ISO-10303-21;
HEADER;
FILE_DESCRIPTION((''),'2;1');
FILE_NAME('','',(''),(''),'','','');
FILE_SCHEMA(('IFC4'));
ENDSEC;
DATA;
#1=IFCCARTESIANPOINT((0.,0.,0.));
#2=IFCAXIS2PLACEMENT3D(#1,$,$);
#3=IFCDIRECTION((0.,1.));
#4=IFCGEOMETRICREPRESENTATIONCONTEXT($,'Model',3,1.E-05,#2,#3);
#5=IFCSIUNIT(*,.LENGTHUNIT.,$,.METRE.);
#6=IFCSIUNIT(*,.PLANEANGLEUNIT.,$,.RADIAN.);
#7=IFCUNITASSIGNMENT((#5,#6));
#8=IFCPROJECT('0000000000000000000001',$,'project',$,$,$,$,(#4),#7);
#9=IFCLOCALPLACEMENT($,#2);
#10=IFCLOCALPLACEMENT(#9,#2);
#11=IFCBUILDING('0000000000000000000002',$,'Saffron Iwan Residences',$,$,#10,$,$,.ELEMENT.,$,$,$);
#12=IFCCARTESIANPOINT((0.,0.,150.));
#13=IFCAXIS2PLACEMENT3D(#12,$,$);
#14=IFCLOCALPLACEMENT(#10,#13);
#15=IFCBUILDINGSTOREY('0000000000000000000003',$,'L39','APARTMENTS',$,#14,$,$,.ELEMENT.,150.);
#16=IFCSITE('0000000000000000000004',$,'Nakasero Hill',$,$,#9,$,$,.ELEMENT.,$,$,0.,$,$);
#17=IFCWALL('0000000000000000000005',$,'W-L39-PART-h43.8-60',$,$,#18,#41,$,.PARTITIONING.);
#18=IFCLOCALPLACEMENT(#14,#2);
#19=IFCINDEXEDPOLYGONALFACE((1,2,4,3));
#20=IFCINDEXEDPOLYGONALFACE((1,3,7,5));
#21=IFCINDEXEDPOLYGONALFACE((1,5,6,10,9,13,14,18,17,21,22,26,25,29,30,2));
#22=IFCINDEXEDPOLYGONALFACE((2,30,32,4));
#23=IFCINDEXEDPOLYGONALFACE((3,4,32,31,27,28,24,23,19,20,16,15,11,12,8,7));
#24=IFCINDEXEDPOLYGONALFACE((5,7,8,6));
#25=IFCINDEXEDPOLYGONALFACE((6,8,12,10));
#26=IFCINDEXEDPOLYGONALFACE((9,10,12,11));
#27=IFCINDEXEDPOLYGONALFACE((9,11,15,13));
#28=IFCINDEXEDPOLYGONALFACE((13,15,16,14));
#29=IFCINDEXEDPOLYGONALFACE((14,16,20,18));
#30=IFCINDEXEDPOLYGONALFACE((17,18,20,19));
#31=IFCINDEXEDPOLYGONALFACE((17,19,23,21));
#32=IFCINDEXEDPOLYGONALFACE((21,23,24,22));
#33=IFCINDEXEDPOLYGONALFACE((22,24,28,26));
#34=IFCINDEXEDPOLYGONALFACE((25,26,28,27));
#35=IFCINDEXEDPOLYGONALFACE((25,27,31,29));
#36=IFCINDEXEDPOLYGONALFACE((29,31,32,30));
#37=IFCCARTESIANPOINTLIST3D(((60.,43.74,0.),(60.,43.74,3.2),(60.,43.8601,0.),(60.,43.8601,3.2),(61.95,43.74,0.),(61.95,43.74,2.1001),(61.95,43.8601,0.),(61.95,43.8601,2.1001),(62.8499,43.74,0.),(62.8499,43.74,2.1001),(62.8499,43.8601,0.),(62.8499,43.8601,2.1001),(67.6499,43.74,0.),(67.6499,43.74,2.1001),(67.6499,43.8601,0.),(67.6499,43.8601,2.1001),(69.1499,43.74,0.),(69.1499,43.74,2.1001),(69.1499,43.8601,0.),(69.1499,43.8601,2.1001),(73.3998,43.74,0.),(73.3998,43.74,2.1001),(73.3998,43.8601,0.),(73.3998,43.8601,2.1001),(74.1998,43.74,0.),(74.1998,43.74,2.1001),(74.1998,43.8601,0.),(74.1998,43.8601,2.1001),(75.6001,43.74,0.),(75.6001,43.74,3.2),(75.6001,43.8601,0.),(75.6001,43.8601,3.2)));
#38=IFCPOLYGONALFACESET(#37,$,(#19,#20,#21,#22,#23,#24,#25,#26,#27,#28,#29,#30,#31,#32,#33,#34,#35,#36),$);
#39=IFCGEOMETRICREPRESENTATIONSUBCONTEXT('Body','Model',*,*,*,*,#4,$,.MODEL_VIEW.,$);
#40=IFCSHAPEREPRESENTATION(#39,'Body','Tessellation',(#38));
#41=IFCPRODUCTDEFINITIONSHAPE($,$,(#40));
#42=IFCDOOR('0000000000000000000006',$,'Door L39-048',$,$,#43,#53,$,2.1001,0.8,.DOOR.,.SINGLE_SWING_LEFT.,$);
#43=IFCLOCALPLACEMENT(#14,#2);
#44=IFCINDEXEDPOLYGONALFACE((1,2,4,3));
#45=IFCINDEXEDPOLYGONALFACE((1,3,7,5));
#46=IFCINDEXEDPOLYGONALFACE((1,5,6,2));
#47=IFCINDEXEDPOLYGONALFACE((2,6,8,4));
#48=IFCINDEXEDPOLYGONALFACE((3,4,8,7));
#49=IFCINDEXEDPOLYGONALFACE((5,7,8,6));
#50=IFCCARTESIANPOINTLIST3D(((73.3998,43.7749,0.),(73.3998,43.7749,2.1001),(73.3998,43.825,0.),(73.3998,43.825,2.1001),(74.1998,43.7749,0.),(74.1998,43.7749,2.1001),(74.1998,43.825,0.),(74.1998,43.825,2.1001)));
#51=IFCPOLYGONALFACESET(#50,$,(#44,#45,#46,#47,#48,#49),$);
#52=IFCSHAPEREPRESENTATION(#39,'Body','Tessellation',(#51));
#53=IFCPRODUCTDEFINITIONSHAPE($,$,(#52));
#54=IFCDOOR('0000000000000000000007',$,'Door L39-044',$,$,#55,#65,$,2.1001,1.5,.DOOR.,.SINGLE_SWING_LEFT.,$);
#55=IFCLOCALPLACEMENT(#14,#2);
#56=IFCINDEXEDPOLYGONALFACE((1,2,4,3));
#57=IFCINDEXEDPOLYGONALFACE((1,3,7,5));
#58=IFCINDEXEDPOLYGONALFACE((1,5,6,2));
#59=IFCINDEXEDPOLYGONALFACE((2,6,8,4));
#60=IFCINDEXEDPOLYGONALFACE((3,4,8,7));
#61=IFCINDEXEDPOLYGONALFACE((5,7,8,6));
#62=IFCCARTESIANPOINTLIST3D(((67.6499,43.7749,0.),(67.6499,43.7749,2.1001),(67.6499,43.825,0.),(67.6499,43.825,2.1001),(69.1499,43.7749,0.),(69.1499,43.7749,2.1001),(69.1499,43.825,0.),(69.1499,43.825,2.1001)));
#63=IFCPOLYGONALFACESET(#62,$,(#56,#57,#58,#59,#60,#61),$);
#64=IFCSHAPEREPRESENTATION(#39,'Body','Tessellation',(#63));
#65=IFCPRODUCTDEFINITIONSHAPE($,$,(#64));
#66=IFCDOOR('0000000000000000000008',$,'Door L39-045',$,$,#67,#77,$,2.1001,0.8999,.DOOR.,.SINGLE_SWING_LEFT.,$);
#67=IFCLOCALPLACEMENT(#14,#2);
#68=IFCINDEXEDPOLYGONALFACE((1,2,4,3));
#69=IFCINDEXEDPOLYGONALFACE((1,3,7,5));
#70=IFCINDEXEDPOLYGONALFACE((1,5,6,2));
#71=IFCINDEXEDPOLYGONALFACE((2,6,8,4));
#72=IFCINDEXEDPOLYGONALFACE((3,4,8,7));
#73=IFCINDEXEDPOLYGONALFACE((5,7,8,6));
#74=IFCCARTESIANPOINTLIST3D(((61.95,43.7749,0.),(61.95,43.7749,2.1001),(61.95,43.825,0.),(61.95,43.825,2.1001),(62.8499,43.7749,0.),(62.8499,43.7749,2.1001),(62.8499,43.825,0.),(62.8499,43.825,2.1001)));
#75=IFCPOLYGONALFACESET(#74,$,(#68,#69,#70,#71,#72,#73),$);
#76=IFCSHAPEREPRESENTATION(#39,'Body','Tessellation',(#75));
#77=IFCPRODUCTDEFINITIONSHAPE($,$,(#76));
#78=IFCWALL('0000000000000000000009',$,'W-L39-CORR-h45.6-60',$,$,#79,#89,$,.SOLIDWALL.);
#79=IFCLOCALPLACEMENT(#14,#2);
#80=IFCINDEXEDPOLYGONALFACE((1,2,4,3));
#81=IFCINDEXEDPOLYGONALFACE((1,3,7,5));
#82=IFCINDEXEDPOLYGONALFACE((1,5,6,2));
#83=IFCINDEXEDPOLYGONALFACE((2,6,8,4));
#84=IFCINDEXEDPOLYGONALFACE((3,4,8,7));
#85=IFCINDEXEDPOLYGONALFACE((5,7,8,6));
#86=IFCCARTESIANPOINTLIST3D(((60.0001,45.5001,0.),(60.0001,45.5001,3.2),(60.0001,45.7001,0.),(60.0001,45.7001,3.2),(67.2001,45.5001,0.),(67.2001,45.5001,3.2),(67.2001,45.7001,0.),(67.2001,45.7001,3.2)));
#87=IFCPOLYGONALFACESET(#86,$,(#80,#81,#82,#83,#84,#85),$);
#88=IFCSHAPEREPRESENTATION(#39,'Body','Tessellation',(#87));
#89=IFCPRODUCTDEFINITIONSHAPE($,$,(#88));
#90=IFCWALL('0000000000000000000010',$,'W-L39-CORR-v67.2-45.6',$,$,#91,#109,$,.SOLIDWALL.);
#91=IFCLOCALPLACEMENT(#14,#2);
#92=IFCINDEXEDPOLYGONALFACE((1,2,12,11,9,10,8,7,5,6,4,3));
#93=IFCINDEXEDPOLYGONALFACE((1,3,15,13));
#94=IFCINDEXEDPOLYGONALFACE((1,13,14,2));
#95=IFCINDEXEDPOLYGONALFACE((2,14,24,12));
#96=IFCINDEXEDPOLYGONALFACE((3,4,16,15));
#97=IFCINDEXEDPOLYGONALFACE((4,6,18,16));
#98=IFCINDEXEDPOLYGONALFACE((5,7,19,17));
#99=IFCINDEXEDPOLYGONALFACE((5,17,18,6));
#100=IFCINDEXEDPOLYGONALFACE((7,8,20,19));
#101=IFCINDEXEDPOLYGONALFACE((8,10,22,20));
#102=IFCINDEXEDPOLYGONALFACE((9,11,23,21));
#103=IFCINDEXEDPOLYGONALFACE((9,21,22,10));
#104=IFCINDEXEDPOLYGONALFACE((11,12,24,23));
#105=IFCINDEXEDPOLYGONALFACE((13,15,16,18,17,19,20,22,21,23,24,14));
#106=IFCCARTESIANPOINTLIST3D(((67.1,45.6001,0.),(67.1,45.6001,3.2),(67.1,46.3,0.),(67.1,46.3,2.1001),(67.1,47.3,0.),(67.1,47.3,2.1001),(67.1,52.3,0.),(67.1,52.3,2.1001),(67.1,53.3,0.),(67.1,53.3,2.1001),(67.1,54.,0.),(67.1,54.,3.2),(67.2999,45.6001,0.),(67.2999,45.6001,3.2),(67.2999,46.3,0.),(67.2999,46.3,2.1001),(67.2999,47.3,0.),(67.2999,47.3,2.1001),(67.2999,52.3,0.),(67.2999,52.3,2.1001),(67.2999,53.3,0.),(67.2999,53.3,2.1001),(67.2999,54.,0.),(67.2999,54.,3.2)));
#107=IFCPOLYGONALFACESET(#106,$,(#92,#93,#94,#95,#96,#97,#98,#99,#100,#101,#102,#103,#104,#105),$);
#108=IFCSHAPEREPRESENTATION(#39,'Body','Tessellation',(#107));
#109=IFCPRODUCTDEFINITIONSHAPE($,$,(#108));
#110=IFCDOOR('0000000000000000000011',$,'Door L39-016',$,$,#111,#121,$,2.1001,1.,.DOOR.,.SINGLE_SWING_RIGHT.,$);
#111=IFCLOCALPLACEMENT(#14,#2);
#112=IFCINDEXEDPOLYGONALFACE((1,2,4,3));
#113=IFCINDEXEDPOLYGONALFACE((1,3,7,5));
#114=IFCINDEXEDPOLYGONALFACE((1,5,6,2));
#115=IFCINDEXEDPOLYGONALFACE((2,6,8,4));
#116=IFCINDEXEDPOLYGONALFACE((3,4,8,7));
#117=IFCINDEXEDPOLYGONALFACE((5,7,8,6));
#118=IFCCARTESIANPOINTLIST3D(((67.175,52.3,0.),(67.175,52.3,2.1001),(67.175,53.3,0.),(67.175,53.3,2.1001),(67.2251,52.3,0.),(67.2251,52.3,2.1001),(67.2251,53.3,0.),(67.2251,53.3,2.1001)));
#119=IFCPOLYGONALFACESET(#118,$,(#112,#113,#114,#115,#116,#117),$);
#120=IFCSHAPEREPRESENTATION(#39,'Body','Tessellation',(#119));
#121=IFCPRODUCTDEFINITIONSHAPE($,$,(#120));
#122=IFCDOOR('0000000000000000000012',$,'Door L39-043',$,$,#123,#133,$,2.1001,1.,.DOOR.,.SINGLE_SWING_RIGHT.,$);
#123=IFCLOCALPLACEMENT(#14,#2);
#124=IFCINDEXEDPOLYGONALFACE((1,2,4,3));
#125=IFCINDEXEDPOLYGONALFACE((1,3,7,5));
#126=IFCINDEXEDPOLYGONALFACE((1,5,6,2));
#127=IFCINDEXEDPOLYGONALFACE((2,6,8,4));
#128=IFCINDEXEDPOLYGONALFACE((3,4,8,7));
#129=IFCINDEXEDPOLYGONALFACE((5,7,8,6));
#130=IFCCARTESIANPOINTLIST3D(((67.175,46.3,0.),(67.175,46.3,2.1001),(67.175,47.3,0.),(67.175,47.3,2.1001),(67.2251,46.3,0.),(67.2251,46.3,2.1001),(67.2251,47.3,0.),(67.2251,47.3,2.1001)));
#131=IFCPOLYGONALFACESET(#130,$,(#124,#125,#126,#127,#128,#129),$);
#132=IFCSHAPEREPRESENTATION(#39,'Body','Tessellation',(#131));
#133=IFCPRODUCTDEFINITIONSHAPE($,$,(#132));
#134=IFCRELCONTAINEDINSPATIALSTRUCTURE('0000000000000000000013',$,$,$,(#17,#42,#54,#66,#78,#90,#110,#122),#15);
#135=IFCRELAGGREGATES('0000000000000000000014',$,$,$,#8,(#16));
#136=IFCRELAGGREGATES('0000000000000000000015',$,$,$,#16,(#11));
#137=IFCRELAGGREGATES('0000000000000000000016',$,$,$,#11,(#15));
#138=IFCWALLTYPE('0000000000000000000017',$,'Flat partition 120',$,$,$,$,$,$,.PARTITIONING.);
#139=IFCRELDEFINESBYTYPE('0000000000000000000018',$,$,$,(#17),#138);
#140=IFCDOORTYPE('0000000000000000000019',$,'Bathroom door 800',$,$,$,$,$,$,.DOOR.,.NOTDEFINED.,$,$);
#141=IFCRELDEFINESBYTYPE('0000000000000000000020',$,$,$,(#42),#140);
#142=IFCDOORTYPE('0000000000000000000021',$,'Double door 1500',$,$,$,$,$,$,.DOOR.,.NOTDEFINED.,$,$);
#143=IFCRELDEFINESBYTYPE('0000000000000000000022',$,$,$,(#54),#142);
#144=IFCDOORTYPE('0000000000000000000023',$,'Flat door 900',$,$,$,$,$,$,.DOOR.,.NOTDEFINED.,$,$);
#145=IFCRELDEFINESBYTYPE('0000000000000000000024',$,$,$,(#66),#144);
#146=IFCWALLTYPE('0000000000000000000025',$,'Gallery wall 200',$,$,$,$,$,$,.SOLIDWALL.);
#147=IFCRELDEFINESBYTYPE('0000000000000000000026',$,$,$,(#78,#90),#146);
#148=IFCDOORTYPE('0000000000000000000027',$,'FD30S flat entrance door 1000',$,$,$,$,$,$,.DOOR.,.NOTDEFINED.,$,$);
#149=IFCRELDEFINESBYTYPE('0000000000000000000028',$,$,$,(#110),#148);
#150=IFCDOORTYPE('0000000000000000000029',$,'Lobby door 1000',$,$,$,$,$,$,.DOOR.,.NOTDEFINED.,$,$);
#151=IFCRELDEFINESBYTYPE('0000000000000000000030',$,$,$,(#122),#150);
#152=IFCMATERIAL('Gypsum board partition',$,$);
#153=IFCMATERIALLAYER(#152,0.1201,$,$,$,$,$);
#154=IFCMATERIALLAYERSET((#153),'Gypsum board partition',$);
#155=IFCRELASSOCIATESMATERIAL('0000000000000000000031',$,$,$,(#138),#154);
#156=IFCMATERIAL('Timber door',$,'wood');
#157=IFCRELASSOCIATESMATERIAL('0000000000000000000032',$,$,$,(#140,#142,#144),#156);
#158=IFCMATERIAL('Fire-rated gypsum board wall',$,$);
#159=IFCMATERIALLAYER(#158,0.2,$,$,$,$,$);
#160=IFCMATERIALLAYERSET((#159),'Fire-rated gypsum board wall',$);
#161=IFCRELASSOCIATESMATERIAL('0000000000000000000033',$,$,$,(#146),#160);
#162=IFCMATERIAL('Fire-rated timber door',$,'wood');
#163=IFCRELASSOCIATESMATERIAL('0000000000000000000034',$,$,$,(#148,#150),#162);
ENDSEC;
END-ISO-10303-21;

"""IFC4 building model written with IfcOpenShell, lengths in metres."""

from ifc_helpers import new_model, si_unit, direction, frame, frame_2d, origin, place, context, subcontext, project, spatial, rectangle, extrude, material, layer, layer_set, type_object, element, fill, save


model = new_model("IFC4")

# Units and contexts
model_context = context("Model", 3, precision=1e-05, world=origin(), true_north=direction((0.0, 1.0)))
body_context = subcontext(model_context, "Body", "Model", "MODEL_VIEW")
ifc_project = project(units=[si_unit("LENGTHUNIT", "METRE"), si_unit("PLANEANGLEUNIT", "RADIAN")], contexts=[model_context])

# Site, building, storey
site_placement = place(None, origin())
site = spatial("IfcSite", under=ifc_project, at=site_placement, Name="Nakasero Hill", CompositionType="ELEMENT", RefElevation=0.0)
building_placement = place(site_placement, origin())
building = spatial("IfcBuilding", under=site, at=building_placement, Name="Saffron Iwan Residences", CompositionType="ELEMENT")
storey_placement = place(building_placement, frame((0.0, 0.0, 150.0)))
storey = spatial("IfcBuildingStorey", under=building, at=storey_placement, Name="L39", Description="APARTMENTS", CompositionType="ELEMENT", Elevation=150.0)

# Wall, openings, doors
ifc_material_1 = material(Name="Gypsum board partition")
ifc_layer_1 = layer(ifc_material_1, 0.1201)
ifc_layer_set_1 = layer_set([ifc_layer_1], Name="Gypsum board partition")
wall_type_1 = type_object("IfcWallType", Name="Flat partition 120", PredefinedType="PARTITIONING", material=ifc_layer_set_1)
wall_1_placement = place(storey_placement, frame((60.0, 43.8, 0.0), z_axis=(0.0, 0.0, 1.0), x_axis=(1.0, 0.0, 0.0)))
wall_1 = element("IfcWall", 1, at=wall_1_placement, inside=storey, type_object=wall_type_1, Name="W-L39-PART-h43.8-60", PredefinedType="PARTITIONING", context=body_context, shape_type="SweptSolid", body=[
    extrude(rectangle(XDim=15.6001, YDim=0.1201, at=frame_2d((7.8, 0.0))), origin(), (0.0, 0.0, 1.0), 3.2),
])
opening_1_placement = place(wall_1_placement, frame((7.6499, 0.0, 0.0)))
opening_1 = element("IfcOpeningElement", 2, at=opening_1_placement, cuts=wall_1, PredefinedType="OPENING", context=body_context, shape_type="SweptSolid", body=[
    extrude(rectangle(XDim=1.5, YDim=2.1001, at=frame_2d((0.75, 1.05))), frame((0.0, 0.0701, 0.0), z_axis=(0.0, -1.0, 0.0), x_axis=(1.0, 0.0, 0.0)), (0.0, 0.0, 1.0), 0.1401),
])
opening_2_placement = place(wall_1_placement, frame((1.95, 0.0, 0.0)))
opening_2 = element("IfcOpeningElement", 3, at=opening_2_placement, cuts=wall_1, PredefinedType="OPENING", context=body_context, shape_type="SweptSolid", body=[
    extrude(rectangle(XDim=0.8999, YDim=2.1001, at=frame_2d((0.45, 1.05))), frame((0.0, 0.0701, 0.0), z_axis=(0.0, -1.0, 0.0), x_axis=(1.0, 0.0, 0.0)), (0.0, 0.0, 1.0), 0.1401),
])
opening_3_placement = place(wall_1_placement, frame((13.3999, 0.0, 0.0)))
opening_3 = element("IfcOpeningElement", 4, at=opening_3_placement, cuts=wall_1, PredefinedType="OPENING", context=body_context, shape_type="SweptSolid", body=[
    extrude(rectangle(XDim=0.8, YDim=2.1001, at=frame_2d((0.3999, 1.05))), frame((0.0, 0.0701, 0.0), z_axis=(0.0, -1.0, 0.0), x_axis=(1.0, 0.0, 0.0)), (0.0, 0.0, 1.0), 0.1401),
])
ifc_material_2 = material(Name="Timber door", Category="wood")
door_type_1 = type_object("IfcDoorType", Name="Bathroom door 800", OperationType="NOTDEFINED", PredefinedType="DOOR", material=ifc_material_2)
door_1_placement = place(opening_3_placement, origin())
door_1 = element("IfcDoor", 5, at=door_1_placement, inside=storey, type_object=door_type_1, Name="Door L39-048", OperationType="SINGLE_SWING_LEFT", OverallHeight=2.1001, OverallWidth=0.8, PredefinedType="DOOR", context=body_context, shape_type="SweptSolid", body=[
    extrude(rectangle(XDim=0.8, YDim=2.1001, at=frame_2d((0.3999, 1.05))), frame((0.0, 0.0249, 0.0), z_axis=(0.0, -1.0, 0.0), x_axis=(1.0, 0.0, 0.0)), (0.0, 0.0, 1.0), 0.05),
])
fill(opening_3, door_1)
door_type_2 = type_object("IfcDoorType", Name="Double door 1500", OperationType="NOTDEFINED", PredefinedType="DOOR", material=ifc_material_2)
door_2_placement = place(opening_1_placement, origin())
door_2 = element("IfcDoor", 6, at=door_2_placement, inside=storey, type_object=door_type_2, Name="Door L39-044", OperationType="SINGLE_SWING_LEFT", OverallHeight=2.1001, OverallWidth=1.5, PredefinedType="DOOR", context=body_context, shape_type="SweptSolid", body=[
    extrude(rectangle(XDim=1.5, YDim=2.1001, at=frame_2d((0.75, 1.05))), frame((0.0, 0.0249, 0.0), z_axis=(0.0, -1.0, 0.0), x_axis=(1.0, 0.0, 0.0)), (0.0, 0.0, 1.0), 0.05),
])
fill(opening_1, door_2)
door_type_3 = type_object("IfcDoorType", Name="Flat door 900", OperationType="NOTDEFINED", PredefinedType="DOOR", material=ifc_material_2)
door_3_placement = place(opening_2_placement, origin())
door_3 = element("IfcDoor", 7, at=door_3_placement, inside=storey, type_object=door_type_3, Name="Door L39-045", OperationType="SINGLE_SWING_LEFT", OverallHeight=2.1001, OverallWidth=0.8999, PredefinedType="DOOR", context=body_context, shape_type="SweptSolid", body=[
    extrude(rectangle(XDim=0.8999, YDim=2.1001, at=frame_2d((0.45, 1.05))), frame((0.0, 0.0249, 0.0), z_axis=(0.0, -1.0, 0.0), x_axis=(1.0, 0.0, 0.0)), (0.0, 0.0, 1.0), 0.05),
])
fill(opening_2, door_3)

# Wall
ifc_material_3 = material(Name="Fire-rated gypsum board wall")
ifc_layer_2 = layer(ifc_material_3, 0.2)
ifc_layer_set_2 = layer_set([ifc_layer_2], Name="Fire-rated gypsum board wall")
wall_type_2 = type_object("IfcWallType", Name="Gallery wall 200", PredefinedType="SOLIDWALL", material=ifc_layer_set_2)
wall_2_placement = place(storey_placement, frame((60.0, 45.6001, 0.0), z_axis=(0.0, 0.0, 1.0), x_axis=(1.0, 0.0, 0.0)))
element("IfcWall", 8, at=wall_2_placement, inside=storey, type_object=wall_type_2, Name="W-L39-CORR-h45.6-60", PredefinedType="SOLIDWALL", context=body_context, shape_type="SweptSolid", body=[
    extrude(rectangle(XDim=7.2, YDim=0.2, at=frame_2d((3.6001, 0.0))), origin(), (0.0, 0.0, 1.0), 3.2),
])

# Wall, openings, doors
wall_3_placement = place(storey_placement, frame((67.2, 45.6001, 0.0), z_axis=(0.0, 0.0, 1.0), x_axis=(0.0, 1.0, 0.0)))
wall_3 = element("IfcWall", 9, at=wall_3_placement, inside=storey, type_object=wall_type_2, Name="W-L39-CORR-v67.2-45.6", PredefinedType="SOLIDWALL", context=body_context, shape_type="SweptSolid", body=[
    extrude(rectangle(XDim=8.3999, YDim=0.2, at=frame_2d((4.2, 0.0))), origin(), (0.0, 0.0, 1.0), 3.2),
])
opening_4_placement = place(wall_3_placement, frame((6.7, 0.0, 0.0)))
opening_4 = element("IfcOpeningElement", 10, at=opening_4_placement, cuts=wall_3, PredefinedType="OPENING", context=body_context, shape_type="SweptSolid", body=[
    extrude(rectangle(XDim=1.0, YDim=2.1001, at=frame_2d((0.5, 1.05))), frame((0.0, 0.1099, 0.0), z_axis=(0.0, -1.0, 0.0), x_axis=(1.0, 0.0, 0.0)), (0.0, 0.0, 1.0), 0.22),
])
opening_5_placement = place(wall_3_placement, frame((0.7, 0.0, 0.0)))
opening_5 = element("IfcOpeningElement", 11, at=opening_5_placement, cuts=wall_3, PredefinedType="OPENING", context=body_context, shape_type="SweptSolid", body=[
    extrude(rectangle(XDim=1.0, YDim=2.1001, at=frame_2d((0.5, 1.05))), frame((0.0, 0.1099, 0.0), z_axis=(0.0, -1.0, 0.0), x_axis=(1.0, 0.0, 0.0)), (0.0, 0.0, 1.0), 0.22),
])
ifc_material_4 = material(Name="Fire-rated timber door", Category="wood")
door_type_4 = type_object("IfcDoorType", Name="FD30S flat entrance door 1000", OperationType="NOTDEFINED", PredefinedType="DOOR", material=ifc_material_4)
door_4_placement = place(opening_4_placement, origin())
door_4 = element("IfcDoor", 12, at=door_4_placement, inside=storey, type_object=door_type_4, Name="Door L39-016", OperationType="SINGLE_SWING_RIGHT", OverallHeight=2.1001, OverallWidth=1.0, PredefinedType="DOOR", context=body_context, shape_type="SweptSolid", body=[
    extrude(rectangle(XDim=1.0, YDim=2.1001, at=frame_2d((0.5, 1.05))), frame((0.0, 0.0249, 0.0), z_axis=(0.0, -1.0, 0.0), x_axis=(1.0, 0.0, 0.0)), (0.0, 0.0, 1.0), 0.05),
])
fill(opening_4, door_4)
door_type_5 = type_object("IfcDoorType", Name="Lobby door 1000", OperationType="NOTDEFINED", PredefinedType="DOOR", material=ifc_material_4)
door_5_placement = place(opening_5_placement, origin())
door_5 = element("IfcDoor", 13, at=door_5_placement, inside=storey, type_object=door_type_5, Name="Door L39-043", OperationType="SINGLE_SWING_RIGHT", OverallHeight=2.1001, OverallWidth=1.0, PredefinedType="DOOR", context=body_context, shape_type="SweptSolid", body=[
    extrude(rectangle(XDim=1.0, YDim=2.1001, at=frame_2d((0.5, 1.05))), frame((0.0, 0.0249, 0.0), z_axis=(0.0, -1.0, 0.0), x_axis=(1.0, 0.0, 0.0)), (0.0, 0.0, 1.0), 0.05),
])
fill(opening_5, door_5)

save(model, "model.ifc")
